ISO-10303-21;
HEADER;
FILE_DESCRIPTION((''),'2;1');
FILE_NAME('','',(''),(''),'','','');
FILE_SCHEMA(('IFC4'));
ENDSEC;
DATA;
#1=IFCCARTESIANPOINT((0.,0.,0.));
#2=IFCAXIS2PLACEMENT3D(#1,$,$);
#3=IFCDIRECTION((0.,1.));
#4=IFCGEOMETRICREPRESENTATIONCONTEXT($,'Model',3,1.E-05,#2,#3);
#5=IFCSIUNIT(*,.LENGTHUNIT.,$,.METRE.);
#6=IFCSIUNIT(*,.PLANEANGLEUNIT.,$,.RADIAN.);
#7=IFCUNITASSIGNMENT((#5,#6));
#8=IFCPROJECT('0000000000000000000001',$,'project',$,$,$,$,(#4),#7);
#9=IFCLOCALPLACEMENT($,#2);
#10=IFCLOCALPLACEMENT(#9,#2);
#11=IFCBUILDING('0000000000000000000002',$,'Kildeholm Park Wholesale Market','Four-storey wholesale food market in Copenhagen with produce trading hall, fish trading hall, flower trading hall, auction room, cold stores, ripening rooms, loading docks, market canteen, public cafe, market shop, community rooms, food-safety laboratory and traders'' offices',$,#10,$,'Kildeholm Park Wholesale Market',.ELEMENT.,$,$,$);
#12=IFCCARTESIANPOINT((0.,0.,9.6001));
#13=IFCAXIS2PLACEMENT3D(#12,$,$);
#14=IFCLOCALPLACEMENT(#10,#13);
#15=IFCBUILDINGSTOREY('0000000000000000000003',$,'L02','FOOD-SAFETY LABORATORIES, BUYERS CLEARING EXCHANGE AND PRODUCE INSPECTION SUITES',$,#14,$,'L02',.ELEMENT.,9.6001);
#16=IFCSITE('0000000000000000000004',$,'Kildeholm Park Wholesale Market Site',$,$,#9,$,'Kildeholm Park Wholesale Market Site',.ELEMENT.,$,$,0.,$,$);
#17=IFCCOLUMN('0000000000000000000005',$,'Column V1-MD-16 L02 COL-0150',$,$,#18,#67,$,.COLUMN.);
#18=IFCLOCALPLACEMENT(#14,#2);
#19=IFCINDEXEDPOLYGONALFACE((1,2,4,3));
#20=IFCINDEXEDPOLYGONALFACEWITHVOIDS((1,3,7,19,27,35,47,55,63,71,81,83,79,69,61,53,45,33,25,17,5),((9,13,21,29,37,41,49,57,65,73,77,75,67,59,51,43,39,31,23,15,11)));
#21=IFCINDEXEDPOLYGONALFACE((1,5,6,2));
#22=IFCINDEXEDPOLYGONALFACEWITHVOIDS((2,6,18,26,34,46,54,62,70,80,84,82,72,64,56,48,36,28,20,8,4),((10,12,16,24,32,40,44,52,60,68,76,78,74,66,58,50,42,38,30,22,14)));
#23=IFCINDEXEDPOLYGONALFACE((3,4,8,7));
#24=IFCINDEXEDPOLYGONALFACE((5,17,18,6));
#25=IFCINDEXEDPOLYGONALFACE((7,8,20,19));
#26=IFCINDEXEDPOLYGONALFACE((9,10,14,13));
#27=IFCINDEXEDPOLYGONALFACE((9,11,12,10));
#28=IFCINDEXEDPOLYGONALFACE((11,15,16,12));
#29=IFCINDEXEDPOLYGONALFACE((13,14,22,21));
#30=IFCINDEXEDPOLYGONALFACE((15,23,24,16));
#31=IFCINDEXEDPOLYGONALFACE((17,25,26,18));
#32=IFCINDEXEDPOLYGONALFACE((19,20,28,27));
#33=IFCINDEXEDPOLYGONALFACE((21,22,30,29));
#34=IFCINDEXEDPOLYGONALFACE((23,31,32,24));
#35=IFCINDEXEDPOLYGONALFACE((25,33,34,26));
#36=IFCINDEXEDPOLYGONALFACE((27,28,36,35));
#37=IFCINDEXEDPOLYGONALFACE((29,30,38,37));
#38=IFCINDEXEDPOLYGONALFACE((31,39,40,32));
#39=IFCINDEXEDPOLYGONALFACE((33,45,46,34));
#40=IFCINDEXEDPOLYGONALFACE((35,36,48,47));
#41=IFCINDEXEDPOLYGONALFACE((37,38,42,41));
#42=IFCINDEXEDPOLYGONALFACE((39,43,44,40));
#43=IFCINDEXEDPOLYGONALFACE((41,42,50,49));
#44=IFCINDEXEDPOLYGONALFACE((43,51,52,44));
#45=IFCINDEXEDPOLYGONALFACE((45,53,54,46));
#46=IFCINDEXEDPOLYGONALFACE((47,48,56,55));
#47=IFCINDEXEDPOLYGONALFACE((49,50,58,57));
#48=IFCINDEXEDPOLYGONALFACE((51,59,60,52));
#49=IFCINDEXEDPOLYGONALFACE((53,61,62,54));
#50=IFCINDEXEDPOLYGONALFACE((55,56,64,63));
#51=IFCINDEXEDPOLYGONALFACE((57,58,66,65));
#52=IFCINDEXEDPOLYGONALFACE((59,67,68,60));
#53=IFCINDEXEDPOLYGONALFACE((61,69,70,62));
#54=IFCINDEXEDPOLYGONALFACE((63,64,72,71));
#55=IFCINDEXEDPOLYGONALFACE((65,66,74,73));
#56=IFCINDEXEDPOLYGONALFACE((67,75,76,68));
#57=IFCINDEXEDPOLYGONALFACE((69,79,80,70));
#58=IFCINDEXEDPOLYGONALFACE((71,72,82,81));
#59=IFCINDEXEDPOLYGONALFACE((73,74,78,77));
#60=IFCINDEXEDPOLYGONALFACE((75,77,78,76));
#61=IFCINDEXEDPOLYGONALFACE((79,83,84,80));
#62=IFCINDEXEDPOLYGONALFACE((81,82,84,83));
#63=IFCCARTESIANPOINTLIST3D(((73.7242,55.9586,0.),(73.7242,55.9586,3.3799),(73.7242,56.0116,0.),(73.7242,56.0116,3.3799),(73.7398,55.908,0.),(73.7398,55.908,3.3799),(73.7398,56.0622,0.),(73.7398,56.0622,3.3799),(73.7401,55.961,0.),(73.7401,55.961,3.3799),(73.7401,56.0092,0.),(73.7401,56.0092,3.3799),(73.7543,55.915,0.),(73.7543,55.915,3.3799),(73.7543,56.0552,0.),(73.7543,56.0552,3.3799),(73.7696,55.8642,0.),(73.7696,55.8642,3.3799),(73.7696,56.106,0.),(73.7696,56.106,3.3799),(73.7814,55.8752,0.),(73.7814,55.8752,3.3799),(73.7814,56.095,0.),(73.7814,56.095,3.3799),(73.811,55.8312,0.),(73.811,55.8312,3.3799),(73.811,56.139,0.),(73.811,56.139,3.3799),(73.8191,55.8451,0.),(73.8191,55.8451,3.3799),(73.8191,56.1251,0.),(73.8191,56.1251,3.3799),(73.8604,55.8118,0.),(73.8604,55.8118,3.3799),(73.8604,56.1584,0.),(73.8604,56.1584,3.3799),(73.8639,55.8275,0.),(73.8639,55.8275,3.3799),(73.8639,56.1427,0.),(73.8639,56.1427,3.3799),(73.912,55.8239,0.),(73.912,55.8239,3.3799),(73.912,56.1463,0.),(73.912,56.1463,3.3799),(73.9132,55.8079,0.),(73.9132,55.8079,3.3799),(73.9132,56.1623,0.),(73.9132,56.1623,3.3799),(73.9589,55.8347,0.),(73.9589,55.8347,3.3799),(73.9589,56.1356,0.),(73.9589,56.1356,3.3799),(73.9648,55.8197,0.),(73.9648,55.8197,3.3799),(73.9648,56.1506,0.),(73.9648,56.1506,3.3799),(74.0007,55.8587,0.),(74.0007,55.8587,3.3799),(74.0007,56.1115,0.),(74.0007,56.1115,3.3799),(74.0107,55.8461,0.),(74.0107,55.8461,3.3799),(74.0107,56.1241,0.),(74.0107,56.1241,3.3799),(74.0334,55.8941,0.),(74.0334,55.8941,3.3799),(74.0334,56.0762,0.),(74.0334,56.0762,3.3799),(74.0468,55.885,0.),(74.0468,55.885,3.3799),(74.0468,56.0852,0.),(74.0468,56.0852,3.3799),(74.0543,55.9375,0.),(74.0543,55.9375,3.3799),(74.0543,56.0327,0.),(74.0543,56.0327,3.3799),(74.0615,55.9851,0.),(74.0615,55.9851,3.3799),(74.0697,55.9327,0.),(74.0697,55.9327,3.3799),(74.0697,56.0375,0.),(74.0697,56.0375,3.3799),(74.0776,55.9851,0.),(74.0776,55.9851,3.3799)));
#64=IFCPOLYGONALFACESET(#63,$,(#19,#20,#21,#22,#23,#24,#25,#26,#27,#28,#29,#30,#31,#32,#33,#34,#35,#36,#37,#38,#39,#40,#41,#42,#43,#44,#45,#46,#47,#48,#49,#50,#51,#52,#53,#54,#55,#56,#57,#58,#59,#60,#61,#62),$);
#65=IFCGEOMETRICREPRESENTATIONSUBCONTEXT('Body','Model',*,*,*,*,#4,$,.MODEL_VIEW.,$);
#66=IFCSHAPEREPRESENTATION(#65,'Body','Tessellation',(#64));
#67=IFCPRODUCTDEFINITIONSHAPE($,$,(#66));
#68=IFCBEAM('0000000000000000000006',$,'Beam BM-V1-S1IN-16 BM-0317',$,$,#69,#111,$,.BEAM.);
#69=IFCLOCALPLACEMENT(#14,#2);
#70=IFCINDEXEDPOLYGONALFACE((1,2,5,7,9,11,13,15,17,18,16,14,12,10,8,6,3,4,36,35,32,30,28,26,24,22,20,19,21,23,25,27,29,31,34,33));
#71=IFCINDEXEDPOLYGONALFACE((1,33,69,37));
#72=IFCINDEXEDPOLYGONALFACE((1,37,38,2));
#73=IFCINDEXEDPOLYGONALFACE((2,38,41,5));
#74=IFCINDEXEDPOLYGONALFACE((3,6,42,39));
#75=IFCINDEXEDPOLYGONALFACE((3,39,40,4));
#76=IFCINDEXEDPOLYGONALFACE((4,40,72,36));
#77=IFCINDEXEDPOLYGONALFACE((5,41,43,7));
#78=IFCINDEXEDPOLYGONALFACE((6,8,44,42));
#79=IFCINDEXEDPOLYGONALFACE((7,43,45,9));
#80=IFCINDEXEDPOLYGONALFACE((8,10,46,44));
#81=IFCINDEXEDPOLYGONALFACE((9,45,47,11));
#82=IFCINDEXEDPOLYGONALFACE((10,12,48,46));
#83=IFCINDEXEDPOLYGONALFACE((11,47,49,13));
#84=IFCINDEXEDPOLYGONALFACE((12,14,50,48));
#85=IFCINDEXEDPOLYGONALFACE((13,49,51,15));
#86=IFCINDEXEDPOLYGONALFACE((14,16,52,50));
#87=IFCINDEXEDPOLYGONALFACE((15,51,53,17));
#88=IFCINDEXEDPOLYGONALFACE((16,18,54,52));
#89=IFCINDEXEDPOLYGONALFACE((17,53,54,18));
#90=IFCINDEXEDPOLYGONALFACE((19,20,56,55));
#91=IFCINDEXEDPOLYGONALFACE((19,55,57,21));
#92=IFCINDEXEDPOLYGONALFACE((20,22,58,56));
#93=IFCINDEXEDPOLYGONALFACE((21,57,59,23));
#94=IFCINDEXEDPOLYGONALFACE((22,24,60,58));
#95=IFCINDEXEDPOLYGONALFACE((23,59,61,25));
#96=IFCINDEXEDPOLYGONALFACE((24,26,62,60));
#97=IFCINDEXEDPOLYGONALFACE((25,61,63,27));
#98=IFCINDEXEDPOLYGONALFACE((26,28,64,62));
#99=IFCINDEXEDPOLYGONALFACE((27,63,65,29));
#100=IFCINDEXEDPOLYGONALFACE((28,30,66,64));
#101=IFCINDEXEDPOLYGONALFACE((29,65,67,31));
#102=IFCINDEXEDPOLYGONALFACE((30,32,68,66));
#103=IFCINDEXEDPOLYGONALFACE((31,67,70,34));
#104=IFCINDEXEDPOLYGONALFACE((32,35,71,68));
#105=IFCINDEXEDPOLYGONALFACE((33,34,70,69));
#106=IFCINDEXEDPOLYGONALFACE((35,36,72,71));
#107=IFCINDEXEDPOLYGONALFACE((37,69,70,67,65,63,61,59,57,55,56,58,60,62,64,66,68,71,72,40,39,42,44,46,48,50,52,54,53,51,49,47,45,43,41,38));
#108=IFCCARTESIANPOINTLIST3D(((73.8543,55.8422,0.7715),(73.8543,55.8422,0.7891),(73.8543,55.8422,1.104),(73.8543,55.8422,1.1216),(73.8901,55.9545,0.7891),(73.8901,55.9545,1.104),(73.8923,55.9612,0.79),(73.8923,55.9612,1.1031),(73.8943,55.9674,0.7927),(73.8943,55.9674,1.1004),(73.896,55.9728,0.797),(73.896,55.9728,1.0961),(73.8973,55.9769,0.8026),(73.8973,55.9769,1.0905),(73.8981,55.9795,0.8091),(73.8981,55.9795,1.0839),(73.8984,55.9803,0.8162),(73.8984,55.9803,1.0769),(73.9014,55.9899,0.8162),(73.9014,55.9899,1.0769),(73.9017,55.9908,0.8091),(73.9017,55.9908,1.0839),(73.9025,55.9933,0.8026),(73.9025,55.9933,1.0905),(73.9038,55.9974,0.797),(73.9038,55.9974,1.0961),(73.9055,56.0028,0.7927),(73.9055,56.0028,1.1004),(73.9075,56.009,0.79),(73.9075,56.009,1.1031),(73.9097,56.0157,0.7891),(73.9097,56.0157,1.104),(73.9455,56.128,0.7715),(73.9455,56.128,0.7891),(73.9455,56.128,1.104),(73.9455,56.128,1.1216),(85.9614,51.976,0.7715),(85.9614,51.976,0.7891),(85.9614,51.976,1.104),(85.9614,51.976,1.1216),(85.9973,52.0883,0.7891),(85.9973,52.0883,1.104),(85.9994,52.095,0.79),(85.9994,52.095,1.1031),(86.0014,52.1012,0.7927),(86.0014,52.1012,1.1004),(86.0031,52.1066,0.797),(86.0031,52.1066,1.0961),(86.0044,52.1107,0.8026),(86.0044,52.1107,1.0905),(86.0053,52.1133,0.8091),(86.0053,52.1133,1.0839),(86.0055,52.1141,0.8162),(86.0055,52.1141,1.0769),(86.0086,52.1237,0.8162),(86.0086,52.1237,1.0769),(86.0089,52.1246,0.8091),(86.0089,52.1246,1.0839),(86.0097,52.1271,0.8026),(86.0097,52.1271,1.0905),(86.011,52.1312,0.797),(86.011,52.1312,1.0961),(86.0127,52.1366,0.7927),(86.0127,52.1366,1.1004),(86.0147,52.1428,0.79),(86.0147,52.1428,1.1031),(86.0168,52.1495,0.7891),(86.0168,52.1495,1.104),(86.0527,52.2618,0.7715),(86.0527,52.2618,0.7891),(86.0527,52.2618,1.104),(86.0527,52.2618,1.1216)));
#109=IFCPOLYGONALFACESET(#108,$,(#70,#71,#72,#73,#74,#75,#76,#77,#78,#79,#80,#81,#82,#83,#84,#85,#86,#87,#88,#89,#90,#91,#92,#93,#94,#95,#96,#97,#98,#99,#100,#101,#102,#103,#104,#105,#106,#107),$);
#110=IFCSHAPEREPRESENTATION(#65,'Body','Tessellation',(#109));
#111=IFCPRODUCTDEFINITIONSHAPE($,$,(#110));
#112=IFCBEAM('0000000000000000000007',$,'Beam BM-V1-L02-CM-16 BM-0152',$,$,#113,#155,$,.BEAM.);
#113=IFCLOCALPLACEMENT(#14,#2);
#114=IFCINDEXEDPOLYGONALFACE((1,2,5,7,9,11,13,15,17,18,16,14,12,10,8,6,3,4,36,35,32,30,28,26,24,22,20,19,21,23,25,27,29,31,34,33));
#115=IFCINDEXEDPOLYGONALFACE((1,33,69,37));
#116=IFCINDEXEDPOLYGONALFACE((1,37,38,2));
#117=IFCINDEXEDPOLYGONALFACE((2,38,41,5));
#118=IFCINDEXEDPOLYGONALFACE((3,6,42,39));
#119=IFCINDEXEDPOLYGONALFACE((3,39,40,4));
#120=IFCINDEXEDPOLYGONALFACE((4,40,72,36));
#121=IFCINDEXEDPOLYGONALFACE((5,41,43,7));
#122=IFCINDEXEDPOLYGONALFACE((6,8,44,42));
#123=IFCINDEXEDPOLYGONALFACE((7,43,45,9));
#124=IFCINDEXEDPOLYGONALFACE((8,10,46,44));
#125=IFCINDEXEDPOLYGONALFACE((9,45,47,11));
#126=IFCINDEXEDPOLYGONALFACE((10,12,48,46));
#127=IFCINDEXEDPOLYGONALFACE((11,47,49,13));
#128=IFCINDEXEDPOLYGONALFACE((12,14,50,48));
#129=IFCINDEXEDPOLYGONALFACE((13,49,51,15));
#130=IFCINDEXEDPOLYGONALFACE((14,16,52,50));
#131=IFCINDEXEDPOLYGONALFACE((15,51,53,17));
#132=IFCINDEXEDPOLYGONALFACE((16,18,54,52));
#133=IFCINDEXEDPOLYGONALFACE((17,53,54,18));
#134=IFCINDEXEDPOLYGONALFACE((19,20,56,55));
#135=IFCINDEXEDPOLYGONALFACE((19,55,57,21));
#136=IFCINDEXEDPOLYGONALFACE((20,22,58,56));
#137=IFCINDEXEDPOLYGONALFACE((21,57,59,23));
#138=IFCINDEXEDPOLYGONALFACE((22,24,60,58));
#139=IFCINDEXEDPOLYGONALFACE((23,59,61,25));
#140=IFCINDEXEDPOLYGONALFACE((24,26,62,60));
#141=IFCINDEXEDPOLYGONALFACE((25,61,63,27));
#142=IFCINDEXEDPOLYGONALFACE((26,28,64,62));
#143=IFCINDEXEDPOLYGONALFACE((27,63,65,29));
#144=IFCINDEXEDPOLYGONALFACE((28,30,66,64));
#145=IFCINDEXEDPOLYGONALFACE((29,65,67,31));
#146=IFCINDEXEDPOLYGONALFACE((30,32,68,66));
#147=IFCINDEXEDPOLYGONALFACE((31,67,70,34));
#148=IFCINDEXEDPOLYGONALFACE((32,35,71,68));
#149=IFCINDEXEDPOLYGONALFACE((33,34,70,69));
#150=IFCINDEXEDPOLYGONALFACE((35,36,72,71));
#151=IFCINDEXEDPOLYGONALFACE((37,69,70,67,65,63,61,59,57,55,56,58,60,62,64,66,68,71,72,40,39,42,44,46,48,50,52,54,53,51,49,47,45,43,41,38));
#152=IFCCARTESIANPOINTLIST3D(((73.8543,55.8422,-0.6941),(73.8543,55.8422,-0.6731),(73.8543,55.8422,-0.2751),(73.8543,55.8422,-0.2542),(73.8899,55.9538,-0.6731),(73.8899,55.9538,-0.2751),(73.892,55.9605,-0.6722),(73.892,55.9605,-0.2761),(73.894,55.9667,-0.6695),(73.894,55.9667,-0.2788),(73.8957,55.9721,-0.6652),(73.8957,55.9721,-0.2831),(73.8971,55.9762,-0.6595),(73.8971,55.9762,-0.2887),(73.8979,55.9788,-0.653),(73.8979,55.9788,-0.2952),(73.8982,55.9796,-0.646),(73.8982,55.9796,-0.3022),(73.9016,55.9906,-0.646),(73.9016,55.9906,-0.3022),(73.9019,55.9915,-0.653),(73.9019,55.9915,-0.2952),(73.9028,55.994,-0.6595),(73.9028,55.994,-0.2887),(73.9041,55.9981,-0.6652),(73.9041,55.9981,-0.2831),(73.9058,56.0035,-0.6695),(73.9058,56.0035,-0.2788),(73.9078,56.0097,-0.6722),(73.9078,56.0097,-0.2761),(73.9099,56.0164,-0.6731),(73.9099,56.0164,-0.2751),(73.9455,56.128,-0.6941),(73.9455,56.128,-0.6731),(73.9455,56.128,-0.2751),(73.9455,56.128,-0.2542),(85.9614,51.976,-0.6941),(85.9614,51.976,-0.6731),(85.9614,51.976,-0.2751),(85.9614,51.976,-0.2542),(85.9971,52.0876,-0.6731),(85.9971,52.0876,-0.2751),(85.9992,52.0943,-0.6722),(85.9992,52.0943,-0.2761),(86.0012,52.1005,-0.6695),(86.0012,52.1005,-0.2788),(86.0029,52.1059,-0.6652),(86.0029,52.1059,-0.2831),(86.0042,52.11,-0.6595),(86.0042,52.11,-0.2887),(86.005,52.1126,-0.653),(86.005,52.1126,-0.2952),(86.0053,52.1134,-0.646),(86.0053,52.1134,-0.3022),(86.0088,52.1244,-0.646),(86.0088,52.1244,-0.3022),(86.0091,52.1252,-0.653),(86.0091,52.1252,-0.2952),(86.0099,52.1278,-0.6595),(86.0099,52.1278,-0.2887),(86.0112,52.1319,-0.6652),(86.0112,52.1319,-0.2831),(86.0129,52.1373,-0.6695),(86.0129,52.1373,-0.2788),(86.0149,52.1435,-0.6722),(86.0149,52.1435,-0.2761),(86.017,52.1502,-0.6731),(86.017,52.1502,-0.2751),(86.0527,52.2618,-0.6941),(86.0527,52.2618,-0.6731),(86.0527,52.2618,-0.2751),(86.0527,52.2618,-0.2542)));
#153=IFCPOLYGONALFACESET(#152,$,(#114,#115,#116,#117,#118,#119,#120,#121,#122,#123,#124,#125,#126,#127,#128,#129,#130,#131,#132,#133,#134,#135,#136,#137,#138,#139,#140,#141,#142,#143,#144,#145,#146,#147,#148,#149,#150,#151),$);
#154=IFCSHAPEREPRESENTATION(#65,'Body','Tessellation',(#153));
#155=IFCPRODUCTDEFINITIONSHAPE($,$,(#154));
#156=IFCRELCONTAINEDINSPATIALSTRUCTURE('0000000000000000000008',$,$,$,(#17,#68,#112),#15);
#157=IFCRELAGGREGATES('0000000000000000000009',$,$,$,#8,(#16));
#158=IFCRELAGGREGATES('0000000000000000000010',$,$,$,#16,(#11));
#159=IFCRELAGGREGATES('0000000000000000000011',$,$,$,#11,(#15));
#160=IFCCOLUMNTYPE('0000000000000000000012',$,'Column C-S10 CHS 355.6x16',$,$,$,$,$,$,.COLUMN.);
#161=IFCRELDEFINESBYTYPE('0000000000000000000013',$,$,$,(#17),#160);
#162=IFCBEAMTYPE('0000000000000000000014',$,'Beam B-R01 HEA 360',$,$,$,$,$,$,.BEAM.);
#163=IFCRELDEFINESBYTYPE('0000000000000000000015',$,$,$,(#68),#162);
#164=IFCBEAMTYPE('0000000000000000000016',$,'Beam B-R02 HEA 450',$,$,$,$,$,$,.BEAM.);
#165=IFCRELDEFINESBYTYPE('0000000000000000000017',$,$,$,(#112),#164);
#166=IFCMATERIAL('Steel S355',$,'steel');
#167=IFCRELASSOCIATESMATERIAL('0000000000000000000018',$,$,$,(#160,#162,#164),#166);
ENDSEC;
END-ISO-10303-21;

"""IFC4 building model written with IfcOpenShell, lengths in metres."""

from ifc_helpers import new_model, si_unit, direction, frame, origin, origin_2d, place, context, subcontext, project, spatial, hollow_circle, i_section, extrude, material, material_profile, profile_set, type_object, element, save


model = new_model("IFC4")

# Units and contexts
model_context = context("Model", 3, precision=1e-05, world=origin(), true_north=direction((0.0, 1.0)))
body_context = subcontext(model_context, "Body", "Model", "MODEL_VIEW")
ifc_project = project(units=[si_unit("LENGTHUNIT", "METRE"), si_unit("PLANEANGLEUNIT", "RADIAN")], contexts=[model_context])

# Site, building, storey
site_placement = place(None, origin())
site = spatial("IfcSite", under=ifc_project, at=site_placement, Name="Kildeholm Park Wholesale Market Site", LongName="Kildeholm Park Wholesale Market Site", CompositionType="ELEMENT", RefElevation=0.0)
building_placement = place(site_placement, origin())
building = spatial("IfcBuilding", under=site, at=building_placement, Name="Kildeholm Park Wholesale Market", Description="Four-storey wholesale food market in Copenhagen with produce trading hall, fish trading hall, flower trading hall, auction room, cold stores, ripening rooms, loading docks, market canteen, public cafe, market shop, community rooms, food-safety laboratory and traders' offices", LongName="Kildeholm Park Wholesale Market", CompositionType="ELEMENT")
storey_placement = place(building_placement, frame((0.0, 0.0, 9.6001)))
storey = spatial("IfcBuildingStorey", under=building, at=storey_placement, Name="L02", Description="FOOD-SAFETY LABORATORIES, BUYERS CLEARING EXCHANGE AND PRODUCE INSPECTION SUITES", LongName="L02", CompositionType="ELEMENT", Elevation=9.6001)

# Column
ifc_material_1 = material(Name="Steel S355", Category="steel")
ifc_material_profile_1 = material_profile(ifc_material_1, hollow_circle(Radius=0.1777, WallThickness=0.0161, at=origin_2d()), Name="CHS 355.6x16")
ifc_profile_set_1 = profile_set([ifc_material_profile_1], Name="Steel S355")
column_type = type_object("IfcColumnType", Name="Column C-S10 CHS 355.6x16", PredefinedType="COLUMN", material=ifc_profile_set_1)
column_placement = place(storey_placement, frame((73.8999, 55.9851, 0.0), z_axis=(0.0, 0.0, 1.0), x_axis=(-0.5, -0.866025, 0.0)))
element("IfcColumn", 1, at=column_placement, inside=storey, type_object=column_type, Name="Column V1-MD-16 L02 COL-0150", PredefinedType="COLUMN", context=body_context, shape_type="SweptSolid", body=[
    extrude(hollow_circle(Radius=0.1777, WallThickness=0.0161, at=origin_2d()), origin(), (0.0, 0.0, 1.0), 3.3799),
])

# Beams
ifc_material_profile_2 = material_profile(ifc_material_1, i_section(OverallWidth=0.3, OverallDepth=0.3501, WebThickness=0.01, FlangeThickness=0.0176, FilletRadius=0.0271, at=origin_2d()), Name="HEA 360")
ifc_profile_set_2 = profile_set([ifc_material_profile_2], Name="Steel S355")
beam_type_1 = type_object("IfcBeamType", Name="Beam B-R01 HEA 360", PredefinedType="BEAM", material=ifc_profile_set_2)
beam_1_placement = place(storey_placement, frame((73.8999, 55.9851, 0.9465), z_axis=(0.952609, -0.304199, 0.0), x_axis=(0.304199, 0.952609, 0.0)))
element("IfcBeam", 2, at=beam_1_placement, inside=storey, type_object=beam_type_1, Name="Beam BM-V1-S1IN-16 BM-0317", PredefinedType="BEAM", context=body_context, shape_type="SweptSolid", body=[
    extrude(i_section(OverallWidth=0.3, OverallDepth=0.3501, WebThickness=0.01, FlangeThickness=0.0176, FilletRadius=0.0271, at=origin_2d()), origin(), (0.0, 0.0, 1.0), 12.7095),
])
ifc_material_profile_3 = material_profile(ifc_material_1, i_section(OverallWidth=0.3, OverallDepth=0.4399, WebThickness=0.0115, FlangeThickness=0.021, FilletRadius=0.0271, at=origin_2d()), Name="HEA 450")
ifc_profile_set_3 = profile_set([ifc_material_profile_3], Name="Steel S355")
beam_type_2 = type_object("IfcBeamType", Name="Beam B-R02 HEA 450", PredefinedType="BEAM", material=ifc_profile_set_3)
beam_2_placement = place(storey_placement, frame((73.8999, 55.9851, -0.4741), z_axis=(0.952609, -0.304199, 0.0), x_axis=(0.304199, 0.952609, 0.0)))
element("IfcBeam", 3, at=beam_2_placement, inside=storey, type_object=beam_type_2, Name="Beam BM-V1-L02-CM-16 BM-0152", PredefinedType="BEAM", context=body_context, shape_type="SweptSolid", body=[
    extrude(i_section(OverallWidth=0.3, OverallDepth=0.4399, WebThickness=0.0115, FlangeThickness=0.021, FilletRadius=0.0271, at=origin_2d()), origin(), (0.0, 0.0, 1.0), 12.7095),
])

save(model, "model.ifc")
